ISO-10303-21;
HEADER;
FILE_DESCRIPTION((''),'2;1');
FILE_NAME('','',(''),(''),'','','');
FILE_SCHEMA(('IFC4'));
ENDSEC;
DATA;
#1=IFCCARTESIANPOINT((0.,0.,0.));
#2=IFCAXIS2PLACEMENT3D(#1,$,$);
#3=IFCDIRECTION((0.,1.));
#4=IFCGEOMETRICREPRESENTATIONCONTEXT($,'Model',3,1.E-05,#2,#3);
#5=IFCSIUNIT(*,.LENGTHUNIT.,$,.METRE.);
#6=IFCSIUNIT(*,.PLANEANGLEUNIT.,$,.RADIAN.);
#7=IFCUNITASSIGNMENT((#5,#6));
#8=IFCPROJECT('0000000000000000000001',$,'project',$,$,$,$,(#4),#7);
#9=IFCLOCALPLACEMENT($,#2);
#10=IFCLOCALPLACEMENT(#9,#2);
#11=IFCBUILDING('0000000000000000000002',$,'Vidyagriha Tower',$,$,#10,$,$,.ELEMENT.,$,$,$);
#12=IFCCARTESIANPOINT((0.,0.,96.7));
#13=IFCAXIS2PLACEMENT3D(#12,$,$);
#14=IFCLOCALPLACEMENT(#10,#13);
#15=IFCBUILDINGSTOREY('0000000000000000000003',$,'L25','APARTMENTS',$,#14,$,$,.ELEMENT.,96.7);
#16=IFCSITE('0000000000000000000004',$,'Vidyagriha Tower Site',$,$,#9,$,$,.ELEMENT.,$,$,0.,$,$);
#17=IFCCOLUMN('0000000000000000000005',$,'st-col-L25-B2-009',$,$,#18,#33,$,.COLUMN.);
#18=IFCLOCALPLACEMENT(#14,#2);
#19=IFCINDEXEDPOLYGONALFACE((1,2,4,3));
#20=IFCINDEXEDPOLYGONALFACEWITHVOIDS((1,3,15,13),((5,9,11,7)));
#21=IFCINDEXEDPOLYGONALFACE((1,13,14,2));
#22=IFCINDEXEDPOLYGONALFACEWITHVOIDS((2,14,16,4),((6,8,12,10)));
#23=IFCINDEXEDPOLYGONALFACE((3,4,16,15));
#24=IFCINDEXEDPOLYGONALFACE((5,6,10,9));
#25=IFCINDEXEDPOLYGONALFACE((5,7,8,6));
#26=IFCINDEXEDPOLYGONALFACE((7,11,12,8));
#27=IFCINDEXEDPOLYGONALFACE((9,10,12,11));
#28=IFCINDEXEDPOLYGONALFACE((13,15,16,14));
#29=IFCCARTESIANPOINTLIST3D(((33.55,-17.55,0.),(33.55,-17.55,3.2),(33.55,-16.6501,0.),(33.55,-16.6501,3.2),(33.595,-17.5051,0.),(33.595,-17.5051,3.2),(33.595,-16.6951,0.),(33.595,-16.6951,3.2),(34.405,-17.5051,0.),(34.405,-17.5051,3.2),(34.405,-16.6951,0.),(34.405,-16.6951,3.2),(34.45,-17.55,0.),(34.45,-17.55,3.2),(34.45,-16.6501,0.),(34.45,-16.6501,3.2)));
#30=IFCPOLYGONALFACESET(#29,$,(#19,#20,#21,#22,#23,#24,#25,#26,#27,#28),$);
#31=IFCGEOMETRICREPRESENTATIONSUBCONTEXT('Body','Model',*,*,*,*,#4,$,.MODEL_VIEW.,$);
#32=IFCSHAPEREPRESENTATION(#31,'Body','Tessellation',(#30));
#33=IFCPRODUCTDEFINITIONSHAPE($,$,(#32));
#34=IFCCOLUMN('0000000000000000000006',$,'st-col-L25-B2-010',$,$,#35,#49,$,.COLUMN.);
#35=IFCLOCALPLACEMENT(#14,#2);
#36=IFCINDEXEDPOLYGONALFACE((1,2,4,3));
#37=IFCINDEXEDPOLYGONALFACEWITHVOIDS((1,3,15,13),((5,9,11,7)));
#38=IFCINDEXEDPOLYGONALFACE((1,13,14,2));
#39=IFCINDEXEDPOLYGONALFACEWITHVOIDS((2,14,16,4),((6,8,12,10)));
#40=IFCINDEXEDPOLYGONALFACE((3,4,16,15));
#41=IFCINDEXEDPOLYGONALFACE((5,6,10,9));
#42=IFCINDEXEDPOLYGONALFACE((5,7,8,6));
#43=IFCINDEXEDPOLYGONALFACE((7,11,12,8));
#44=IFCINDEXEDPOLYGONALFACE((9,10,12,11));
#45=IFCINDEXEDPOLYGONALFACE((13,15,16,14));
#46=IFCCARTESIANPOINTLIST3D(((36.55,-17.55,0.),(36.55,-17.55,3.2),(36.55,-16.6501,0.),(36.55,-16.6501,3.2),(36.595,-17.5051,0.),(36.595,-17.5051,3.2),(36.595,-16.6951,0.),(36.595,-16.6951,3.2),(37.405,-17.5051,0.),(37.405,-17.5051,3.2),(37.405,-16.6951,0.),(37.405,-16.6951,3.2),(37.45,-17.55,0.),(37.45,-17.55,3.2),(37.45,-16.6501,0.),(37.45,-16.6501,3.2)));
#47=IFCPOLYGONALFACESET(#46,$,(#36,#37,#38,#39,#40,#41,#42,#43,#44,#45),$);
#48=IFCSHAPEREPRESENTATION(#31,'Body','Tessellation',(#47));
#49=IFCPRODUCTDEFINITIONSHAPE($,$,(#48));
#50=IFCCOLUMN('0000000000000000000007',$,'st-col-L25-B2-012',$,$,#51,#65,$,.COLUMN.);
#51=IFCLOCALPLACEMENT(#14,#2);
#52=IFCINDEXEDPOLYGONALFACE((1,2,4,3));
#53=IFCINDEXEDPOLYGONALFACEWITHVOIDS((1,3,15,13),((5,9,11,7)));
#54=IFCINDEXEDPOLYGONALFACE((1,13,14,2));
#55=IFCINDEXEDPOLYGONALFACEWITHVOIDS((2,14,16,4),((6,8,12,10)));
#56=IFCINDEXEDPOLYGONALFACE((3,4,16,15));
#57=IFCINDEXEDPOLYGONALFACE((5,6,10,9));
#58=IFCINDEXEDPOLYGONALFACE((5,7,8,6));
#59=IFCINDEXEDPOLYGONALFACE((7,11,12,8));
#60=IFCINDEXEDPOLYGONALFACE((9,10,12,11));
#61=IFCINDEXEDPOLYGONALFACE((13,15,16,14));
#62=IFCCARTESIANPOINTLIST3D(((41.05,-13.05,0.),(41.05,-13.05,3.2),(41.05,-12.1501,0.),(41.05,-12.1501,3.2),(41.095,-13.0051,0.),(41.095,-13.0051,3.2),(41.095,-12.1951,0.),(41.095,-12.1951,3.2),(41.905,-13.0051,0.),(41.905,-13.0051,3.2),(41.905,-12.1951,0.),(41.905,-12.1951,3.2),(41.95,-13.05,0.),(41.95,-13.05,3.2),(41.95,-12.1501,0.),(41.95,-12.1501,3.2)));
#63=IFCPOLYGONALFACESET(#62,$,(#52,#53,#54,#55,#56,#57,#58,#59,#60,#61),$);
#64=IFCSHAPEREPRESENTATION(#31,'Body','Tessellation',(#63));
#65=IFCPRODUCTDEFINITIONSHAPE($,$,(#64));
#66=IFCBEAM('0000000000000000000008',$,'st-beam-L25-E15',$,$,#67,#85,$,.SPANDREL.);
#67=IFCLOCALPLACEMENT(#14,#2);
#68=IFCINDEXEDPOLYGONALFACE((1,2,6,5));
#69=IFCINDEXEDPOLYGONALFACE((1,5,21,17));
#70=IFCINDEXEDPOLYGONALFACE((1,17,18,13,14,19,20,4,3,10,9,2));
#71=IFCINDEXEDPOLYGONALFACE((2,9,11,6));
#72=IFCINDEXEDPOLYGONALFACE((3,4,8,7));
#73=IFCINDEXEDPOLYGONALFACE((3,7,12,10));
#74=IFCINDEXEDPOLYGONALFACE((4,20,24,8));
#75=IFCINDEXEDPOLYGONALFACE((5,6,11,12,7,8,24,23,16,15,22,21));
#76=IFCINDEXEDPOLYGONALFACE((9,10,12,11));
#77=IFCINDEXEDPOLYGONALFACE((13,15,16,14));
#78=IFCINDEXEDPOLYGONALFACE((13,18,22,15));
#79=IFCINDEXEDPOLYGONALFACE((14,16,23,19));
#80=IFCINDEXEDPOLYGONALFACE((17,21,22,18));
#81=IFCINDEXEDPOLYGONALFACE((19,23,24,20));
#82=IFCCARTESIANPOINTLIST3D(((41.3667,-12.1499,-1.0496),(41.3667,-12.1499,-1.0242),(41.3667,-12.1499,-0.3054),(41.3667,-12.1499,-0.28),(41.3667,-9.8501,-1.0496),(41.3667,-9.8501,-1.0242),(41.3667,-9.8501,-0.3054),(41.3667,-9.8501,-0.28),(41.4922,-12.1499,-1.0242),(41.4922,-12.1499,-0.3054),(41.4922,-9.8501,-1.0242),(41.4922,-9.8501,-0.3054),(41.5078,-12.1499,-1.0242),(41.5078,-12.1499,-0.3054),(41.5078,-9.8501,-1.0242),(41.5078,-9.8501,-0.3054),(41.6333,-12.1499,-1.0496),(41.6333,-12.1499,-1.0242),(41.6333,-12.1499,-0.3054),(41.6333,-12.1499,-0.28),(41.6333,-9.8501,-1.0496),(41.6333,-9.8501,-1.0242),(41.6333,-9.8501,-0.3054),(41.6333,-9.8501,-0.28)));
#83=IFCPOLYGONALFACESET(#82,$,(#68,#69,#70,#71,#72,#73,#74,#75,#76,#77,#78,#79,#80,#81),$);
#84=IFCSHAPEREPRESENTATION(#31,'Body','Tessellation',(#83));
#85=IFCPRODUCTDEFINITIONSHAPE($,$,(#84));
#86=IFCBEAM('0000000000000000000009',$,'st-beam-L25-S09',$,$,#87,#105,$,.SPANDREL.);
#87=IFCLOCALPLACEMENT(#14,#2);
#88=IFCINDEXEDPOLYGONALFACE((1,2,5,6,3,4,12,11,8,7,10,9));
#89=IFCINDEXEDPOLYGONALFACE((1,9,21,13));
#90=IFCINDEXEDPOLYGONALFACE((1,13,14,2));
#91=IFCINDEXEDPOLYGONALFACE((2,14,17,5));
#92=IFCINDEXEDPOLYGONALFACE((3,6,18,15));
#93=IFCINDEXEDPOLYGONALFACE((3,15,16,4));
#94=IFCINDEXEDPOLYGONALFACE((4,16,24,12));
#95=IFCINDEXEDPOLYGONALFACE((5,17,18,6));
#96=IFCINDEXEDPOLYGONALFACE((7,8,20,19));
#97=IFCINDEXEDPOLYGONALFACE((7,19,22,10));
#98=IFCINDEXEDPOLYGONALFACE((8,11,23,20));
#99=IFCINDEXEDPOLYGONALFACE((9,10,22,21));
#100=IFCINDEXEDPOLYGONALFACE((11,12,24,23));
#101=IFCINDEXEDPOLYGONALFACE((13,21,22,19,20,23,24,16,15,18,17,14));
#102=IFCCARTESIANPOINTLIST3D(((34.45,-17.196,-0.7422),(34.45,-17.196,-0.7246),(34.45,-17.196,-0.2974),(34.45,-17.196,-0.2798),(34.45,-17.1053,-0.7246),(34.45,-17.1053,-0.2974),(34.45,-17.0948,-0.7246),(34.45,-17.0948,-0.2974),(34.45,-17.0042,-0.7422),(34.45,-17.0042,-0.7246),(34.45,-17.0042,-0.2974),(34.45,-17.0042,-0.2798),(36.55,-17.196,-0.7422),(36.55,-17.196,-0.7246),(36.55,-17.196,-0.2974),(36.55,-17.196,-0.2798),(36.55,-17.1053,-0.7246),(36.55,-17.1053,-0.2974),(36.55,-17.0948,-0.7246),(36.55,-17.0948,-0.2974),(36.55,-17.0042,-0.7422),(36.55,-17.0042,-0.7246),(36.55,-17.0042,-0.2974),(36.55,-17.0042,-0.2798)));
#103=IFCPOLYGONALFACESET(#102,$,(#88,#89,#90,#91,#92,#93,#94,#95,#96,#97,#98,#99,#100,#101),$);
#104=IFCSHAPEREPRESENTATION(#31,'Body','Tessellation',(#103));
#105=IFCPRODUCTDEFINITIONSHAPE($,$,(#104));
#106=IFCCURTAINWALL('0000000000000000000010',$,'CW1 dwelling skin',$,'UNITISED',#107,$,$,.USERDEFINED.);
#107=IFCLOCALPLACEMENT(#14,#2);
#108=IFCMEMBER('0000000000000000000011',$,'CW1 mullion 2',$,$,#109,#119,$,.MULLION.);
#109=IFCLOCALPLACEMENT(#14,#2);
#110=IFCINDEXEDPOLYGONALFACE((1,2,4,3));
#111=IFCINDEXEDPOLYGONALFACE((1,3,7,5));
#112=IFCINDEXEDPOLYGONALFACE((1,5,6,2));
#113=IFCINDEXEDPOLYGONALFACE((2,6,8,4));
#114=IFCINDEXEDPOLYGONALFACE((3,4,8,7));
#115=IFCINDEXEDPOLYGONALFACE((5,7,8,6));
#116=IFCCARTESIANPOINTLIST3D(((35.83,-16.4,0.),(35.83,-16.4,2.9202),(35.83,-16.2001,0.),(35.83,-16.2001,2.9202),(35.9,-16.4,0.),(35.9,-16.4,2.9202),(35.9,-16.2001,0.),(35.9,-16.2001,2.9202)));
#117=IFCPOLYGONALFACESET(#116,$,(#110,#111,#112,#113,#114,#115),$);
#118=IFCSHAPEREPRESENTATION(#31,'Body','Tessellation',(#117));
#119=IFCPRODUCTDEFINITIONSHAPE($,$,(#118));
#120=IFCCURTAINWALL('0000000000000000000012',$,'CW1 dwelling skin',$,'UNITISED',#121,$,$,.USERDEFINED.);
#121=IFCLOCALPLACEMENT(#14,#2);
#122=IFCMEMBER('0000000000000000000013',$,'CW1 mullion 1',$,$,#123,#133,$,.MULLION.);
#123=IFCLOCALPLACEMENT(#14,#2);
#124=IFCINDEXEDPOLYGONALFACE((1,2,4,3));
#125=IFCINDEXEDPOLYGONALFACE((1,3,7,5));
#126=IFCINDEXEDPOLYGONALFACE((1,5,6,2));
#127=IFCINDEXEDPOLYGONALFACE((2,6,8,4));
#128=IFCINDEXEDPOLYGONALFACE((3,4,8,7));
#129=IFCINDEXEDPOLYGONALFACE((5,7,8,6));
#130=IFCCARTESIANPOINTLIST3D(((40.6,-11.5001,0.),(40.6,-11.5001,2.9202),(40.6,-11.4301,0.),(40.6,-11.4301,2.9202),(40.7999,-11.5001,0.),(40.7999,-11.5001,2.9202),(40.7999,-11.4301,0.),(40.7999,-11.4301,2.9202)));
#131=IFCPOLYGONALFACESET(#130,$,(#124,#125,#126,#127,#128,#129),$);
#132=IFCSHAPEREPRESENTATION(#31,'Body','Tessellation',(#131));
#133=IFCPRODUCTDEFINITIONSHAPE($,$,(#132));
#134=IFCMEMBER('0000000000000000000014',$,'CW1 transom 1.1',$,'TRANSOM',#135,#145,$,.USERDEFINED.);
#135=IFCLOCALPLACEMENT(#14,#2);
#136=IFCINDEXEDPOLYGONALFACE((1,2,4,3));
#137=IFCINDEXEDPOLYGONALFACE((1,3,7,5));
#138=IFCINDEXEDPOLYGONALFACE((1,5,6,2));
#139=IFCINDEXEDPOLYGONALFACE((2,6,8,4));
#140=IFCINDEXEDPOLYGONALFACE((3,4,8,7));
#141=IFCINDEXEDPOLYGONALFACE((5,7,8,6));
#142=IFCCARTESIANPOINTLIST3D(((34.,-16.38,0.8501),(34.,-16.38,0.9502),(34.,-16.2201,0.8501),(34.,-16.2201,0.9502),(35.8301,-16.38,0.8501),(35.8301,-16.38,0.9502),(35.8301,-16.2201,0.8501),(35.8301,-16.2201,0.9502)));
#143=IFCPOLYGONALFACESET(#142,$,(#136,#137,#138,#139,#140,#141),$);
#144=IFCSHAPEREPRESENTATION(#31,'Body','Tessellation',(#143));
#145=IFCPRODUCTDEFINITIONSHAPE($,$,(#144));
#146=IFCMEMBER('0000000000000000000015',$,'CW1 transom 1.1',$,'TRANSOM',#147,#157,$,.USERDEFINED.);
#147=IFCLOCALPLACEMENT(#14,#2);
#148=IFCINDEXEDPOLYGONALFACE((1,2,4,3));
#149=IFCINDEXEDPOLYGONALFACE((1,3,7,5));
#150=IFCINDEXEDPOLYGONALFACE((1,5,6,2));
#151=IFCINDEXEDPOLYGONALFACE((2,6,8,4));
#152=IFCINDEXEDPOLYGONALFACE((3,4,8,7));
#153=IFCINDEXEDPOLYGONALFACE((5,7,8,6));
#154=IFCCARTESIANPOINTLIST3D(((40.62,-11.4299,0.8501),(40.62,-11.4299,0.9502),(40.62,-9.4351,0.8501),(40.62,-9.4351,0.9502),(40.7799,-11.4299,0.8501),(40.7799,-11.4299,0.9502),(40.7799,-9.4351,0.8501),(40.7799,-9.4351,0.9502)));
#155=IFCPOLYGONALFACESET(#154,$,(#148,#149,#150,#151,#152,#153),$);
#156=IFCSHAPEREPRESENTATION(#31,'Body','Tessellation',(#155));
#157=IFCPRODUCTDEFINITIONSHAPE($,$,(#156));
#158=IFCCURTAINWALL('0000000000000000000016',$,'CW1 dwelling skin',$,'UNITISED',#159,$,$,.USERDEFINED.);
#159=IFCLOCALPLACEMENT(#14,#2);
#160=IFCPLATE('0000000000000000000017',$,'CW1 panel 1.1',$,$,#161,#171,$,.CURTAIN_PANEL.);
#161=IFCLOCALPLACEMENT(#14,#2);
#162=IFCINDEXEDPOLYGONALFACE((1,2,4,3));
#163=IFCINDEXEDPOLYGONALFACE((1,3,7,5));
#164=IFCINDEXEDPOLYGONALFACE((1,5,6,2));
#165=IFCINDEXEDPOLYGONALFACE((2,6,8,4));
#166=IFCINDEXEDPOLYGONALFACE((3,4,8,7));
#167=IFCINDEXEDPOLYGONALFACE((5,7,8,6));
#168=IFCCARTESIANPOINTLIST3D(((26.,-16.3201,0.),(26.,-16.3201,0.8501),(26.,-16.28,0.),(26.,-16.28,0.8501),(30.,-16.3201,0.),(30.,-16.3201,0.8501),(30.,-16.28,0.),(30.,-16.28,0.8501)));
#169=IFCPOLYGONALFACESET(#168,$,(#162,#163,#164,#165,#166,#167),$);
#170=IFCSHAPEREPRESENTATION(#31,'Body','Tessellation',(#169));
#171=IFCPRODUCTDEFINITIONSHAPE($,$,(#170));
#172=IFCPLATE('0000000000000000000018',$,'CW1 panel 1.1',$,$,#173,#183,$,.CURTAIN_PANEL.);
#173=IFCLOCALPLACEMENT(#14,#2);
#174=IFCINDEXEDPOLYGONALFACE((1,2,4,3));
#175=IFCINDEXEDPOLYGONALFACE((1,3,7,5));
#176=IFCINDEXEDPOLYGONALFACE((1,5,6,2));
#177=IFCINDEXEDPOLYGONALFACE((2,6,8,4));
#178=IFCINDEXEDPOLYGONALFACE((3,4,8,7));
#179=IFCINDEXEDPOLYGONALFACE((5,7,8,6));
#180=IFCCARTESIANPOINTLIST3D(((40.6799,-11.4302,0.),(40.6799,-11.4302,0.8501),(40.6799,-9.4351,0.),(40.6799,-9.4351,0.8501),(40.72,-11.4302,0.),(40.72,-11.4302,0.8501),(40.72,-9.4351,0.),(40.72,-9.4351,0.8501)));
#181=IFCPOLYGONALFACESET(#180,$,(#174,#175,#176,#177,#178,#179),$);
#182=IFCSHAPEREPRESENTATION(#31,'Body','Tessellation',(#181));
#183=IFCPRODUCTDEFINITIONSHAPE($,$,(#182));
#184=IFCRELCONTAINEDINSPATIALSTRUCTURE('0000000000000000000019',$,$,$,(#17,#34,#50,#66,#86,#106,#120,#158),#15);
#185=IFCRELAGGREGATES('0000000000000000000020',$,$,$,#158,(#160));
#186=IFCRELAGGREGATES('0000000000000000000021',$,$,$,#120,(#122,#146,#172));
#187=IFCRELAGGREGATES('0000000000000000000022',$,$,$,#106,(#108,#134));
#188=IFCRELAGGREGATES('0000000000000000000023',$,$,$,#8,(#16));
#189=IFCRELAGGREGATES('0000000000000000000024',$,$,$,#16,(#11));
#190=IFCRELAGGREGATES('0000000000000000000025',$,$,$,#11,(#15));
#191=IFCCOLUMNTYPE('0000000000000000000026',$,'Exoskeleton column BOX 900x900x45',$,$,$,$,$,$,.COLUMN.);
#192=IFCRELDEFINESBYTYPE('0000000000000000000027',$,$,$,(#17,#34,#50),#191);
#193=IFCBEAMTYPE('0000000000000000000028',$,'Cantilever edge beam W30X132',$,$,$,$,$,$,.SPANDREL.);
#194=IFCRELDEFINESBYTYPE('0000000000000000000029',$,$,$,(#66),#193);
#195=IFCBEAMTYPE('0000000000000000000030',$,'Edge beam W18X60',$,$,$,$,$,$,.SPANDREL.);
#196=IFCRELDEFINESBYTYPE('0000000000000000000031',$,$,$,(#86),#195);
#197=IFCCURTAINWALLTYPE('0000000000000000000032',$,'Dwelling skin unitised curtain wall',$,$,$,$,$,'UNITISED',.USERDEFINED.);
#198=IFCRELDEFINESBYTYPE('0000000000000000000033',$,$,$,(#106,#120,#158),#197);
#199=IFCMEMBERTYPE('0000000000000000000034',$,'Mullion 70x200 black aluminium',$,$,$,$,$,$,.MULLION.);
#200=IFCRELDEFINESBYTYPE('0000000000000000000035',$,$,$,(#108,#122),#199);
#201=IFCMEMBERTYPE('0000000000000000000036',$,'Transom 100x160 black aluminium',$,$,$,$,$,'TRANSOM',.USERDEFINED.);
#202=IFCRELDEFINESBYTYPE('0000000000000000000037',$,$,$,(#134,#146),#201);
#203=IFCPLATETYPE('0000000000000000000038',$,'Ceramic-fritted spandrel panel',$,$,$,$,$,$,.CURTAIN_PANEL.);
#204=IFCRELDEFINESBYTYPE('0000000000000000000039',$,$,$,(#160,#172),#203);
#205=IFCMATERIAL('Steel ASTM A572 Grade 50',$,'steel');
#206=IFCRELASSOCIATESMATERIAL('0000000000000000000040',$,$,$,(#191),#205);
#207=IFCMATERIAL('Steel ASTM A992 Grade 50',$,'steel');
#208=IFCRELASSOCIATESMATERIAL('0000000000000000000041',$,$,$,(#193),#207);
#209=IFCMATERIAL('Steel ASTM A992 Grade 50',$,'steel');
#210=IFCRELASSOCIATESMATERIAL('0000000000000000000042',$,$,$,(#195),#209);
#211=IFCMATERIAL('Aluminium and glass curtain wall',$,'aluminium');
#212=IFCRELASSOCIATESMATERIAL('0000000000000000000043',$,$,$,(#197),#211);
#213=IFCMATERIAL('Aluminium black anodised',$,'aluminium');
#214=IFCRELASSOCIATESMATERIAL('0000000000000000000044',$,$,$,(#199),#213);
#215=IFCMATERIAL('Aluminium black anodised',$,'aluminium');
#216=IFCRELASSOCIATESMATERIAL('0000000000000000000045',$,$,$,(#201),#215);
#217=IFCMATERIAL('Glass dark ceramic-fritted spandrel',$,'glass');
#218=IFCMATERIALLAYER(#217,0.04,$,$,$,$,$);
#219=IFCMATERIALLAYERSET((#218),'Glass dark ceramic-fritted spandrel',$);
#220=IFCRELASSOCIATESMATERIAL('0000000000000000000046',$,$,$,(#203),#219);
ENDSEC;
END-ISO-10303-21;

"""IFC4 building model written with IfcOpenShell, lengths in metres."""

from ifc_helpers import new_model, si_unit, direction, frame, origin, origin_2d, place, context, subcontext, project, spatial, rectangle, hollow_rectangle, i_section, extrude, material, layer, layer_set, material_profile, profile_set, type_object, element, aggregate, save


model = new_model("IFC4")

# Units and contexts
model_context = context("Model", 3, precision=1e-05, world=origin(), true_north=direction((0.0, 1.0)))
body_context = subcontext(model_context, "Body", "Model", "MODEL_VIEW")
ifc_project = project(units=[si_unit("LENGTHUNIT", "METRE"), si_unit("PLANEANGLEUNIT", "RADIAN")], contexts=[model_context])

# Site, building, storey
site_placement = place(None, origin())
site = spatial("IfcSite", under=ifc_project, at=site_placement, Name="Vidyagriha Tower Site", CompositionType="ELEMENT", RefElevation=0.0)
building_placement = place(site_placement, origin())
building = spatial("IfcBuilding", under=site, at=building_placement, Name="Vidyagriha Tower", CompositionType="ELEMENT")
storey_placement = place(building_placement, frame((0.0, 0.0, 96.7)))
storey = spatial("IfcBuildingStorey", under=building, at=storey_placement, Name="L25", Description="APARTMENTS", CompositionType="ELEMENT", Elevation=96.7)

# Columns
ifc_material_1 = material(Name="Steel ASTM A572 Grade 50", Category="steel")
ifc_material_profile_1 = material_profile(ifc_material_1, hollow_rectangle(XDim=0.8999, YDim=0.8999, WallThickness=0.0449, at=origin_2d()), Name="BOX 900x900x45")
ifc_profile_set_1 = profile_set([ifc_material_profile_1], Name="Steel ASTM A572 Grade 50")
column_type = type_object("IfcColumnType", Name="Exoskeleton column BOX 900x900x45", PredefinedType="COLUMN", material=ifc_profile_set_1)
for number, where, name in (
    (1, (34.0, -17.1001, 0.0), "st-col-L25-B2-009"),
    (2, (37.0, -17.1001, 0.0), "st-col-L25-B2-010"),
    (3, (41.5, -12.6001, 0.0), "st-col-L25-B2-012"),
):
    element("IfcColumn", number, at=place(storey_placement, frame(where)), inside=storey, type_object=column_type, Name=name, PredefinedType="COLUMN", context=body_context, shape_type="SweptSolid", body=[
        extrude(hollow_rectangle(XDim=0.8999, YDim=0.8999, WallThickness=0.0449, at=origin_2d()), origin(), (0.0, 0.0, 1.0), 3.2),
    ])

# Beams
ifc_material_2 = material(Name="Steel ASTM A992 Grade 50", Category="steel")
ifc_material_profile_2 = material_profile(ifc_material_2, i_section(OverallWidth=0.2666, OverallDepth=0.7695, WebThickness=0.0156, FlangeThickness=0.0254, at=origin_2d()), Name="W30X132")
ifc_profile_set_2 = profile_set([ifc_material_profile_2], Name="Steel ASTM A992 Grade 50")
beam_type_1 = type_object("IfcBeamType", Name="Cantilever edge beam W30X132", PredefinedType="SPANDREL", material=ifc_profile_set_2)
beam_1_placement = place(storey_placement, frame((41.5, -12.1499, -0.6648), z_axis=(0.0, 1.0, 0.0), x_axis=(-1.0, 0.0, 0.0)))
element("IfcBeam", 4, at=beam_1_placement, inside=storey, type_object=beam_type_1, Name="st-beam-L25-E15", PredefinedType="SPANDREL", context=body_context, shape_type="SweptSolid", body=[
    extrude(i_section(OverallWidth=0.2666, OverallDepth=0.7695, WebThickness=0.0156, FlangeThickness=0.0254, at=origin_2d()), origin(), (0.0, 0.0, 1.0), 2.2998),
])
ifc_material_3 = material(Name="Steel ASTM A992 Grade 50", Category="steel")
ifc_material_profile_3 = material_profile(ifc_material_3, i_section(OverallWidth=0.1919, OverallDepth=0.4624, WebThickness=0.0105, FlangeThickness=0.0176, at=origin_2d()), Name="W18X60")
ifc_profile_set_3 = profile_set([ifc_material_profile_3], Name="Steel ASTM A992 Grade 50")
beam_type_2 = type_object("IfcBeamType", Name="Edge beam W18X60", PredefinedType="SPANDREL", material=ifc_profile_set_3)
beam_2_placement = place(storey_placement, frame((34.45, -17.1001, -0.511), z_axis=(1.0, 0.0, 0.0), x_axis=(0.0, 1.0, 0.0)))
element("IfcBeam", 5, at=beam_2_placement, inside=storey, type_object=beam_type_2, Name="st-beam-L25-S09", PredefinedType="SPANDREL", context=body_context, shape_type="SweptSolid", body=[
    extrude(i_section(OverallWidth=0.1919, OverallDepth=0.4624, WebThickness=0.0105, FlangeThickness=0.0176, at=origin_2d()), origin(), (0.0, 0.0, 1.0), 2.1001),
])

# Curtain walls, members
ifc_material_4 = material(Name="Aluminium and glass curtain wall", Category="aluminium")
curtain_wall_type = type_object("IfcCurtainWallType", Name="Dwelling skin unitised curtain wall", ElementType="UNITISED", PredefinedType="USERDEFINED", material=ifc_material_4)
curtain_wall_1_placement = place(storey_placement, origin())
curtain_wall_1 = element("IfcCurtainWall", 6, at=curtain_wall_1_placement, inside=storey, type_object=curtain_wall_type, Name="CW1 dwelling skin", ObjectType="UNITISED", PredefinedType="USERDEFINED")
ifc_material_5 = material(Name="Aluminium black anodised", Category="aluminium")
ifc_material_profile_4 = material_profile(ifc_material_5, rectangle(XDim=0.2, YDim=0.0701, at=origin_2d()), Name="Mullion 70x200 black aluminium")
ifc_profile_set_4 = profile_set([ifc_material_profile_4], Name="Aluminium black anodised")
member_type_1 = type_object("IfcMemberType", Name="Mullion 70x200 black aluminium", PredefinedType="MULLION", material=ifc_profile_set_4)
member_1_placement = place(storey_placement, frame((35.865, -16.3, 0.0), z_axis=(0.0, 0.0, 1.0), x_axis=(0.0, 1.0, 0.0)))
member_1 = element("IfcMember", 7, at=member_1_placement, type_object=member_type_1, Name="CW1 mullion 2", PredefinedType="MULLION", context=body_context, shape_type="SweptSolid", body=[
    extrude(rectangle(XDim=0.2, YDim=0.0701, at=origin_2d()), origin(), (0.0, 0.0, 1.0), 2.9202),
])
curtain_wall_2_placement = place(storey_placement, origin())
curtain_wall_2 = element("IfcCurtainWall", 8, at=curtain_wall_2_placement, inside=storey, type_object=curtain_wall_type, Name="CW1 dwelling skin", ObjectType="UNITISED", PredefinedType="USERDEFINED")
member_2_placement = place(storey_placement, frame((40.7, -11.4651, 0.0), z_axis=(0.0, 0.0, 1.0), x_axis=(-1.0, 0.0, 0.0)))
member_2 = element("IfcMember", 9, at=member_2_placement, type_object=member_type_1, Name="CW1 mullion 1", PredefinedType="MULLION", context=body_context, shape_type="SweptSolid", body=[
    extrude(rectangle(XDim=0.2, YDim=0.0701, at=origin_2d()), origin(), (0.0, 0.0, 1.0), 2.9202),
])

# Members
ifc_material_6 = material(Name="Aluminium black anodised", Category="aluminium")
ifc_material_profile_5 = material_profile(ifc_material_6, rectangle(XDim=0.1599, YDim=0.1001, at=origin_2d()), Name="Transom 100x160 black aluminium")
ifc_profile_set_5 = profile_set([ifc_material_profile_5], Name="Aluminium black anodised")
member_type_2 = type_object("IfcMemberType", Name="Transom 100x160 black aluminium", ElementType="TRANSOM", PredefinedType="USERDEFINED", material=ifc_profile_set_5)
member_3_placement = place(storey_placement, frame((34.0, -16.3, 0.9001), z_axis=(1.0, 0.0, 0.0), x_axis=(0.0, 1.0, 0.0)))
member_3 = element("IfcMember", 10, at=member_3_placement, type_object=member_type_2, Name="CW1 transom 1.1", ObjectType="TRANSOM", PredefinedType="USERDEFINED", context=body_context, shape_type="SweptSolid", body=[
    extrude(rectangle(XDim=0.1599, YDim=0.1001, at=origin_2d()), origin(), (0.0, 0.0, 1.0), 1.8301),
])
member_4_placement = place(storey_placement, frame((40.7, -11.4299, 0.9001), z_axis=(0.0, 1.0, 0.0), x_axis=(-1.0, 0.0, 0.0)))
member_4 = element("IfcMember", 11, at=member_4_placement, type_object=member_type_2, Name="CW1 transom 1.1", ObjectType="TRANSOM", PredefinedType="USERDEFINED", context=body_context, shape_type="SweptSolid", body=[
    extrude(rectangle(XDim=0.1599, YDim=0.1001, at=origin_2d()), origin(), (0.0, 0.0, 1.0), 1.9949),
])

# Curtain wall, plate
curtain_wall_3_placement = place(storey_placement, origin())
curtain_wall_3 = element("IfcCurtainWall", 12, at=curtain_wall_3_placement, inside=storey, type_object=curtain_wall_type, Name="CW1 dwelling skin", ObjectType="UNITISED", PredefinedType="USERDEFINED")
ifc_material_7 = material(Name="Glass dark ceramic-fritted spandrel", Category="glass")
ifc_layer_1 = layer(ifc_material_7, 0.04)
ifc_layer_set_1 = layer_set([ifc_layer_1], Name="Glass dark ceramic-fritted spandrel")
plate_type_1 = type_object("IfcPlateType", Name="Ceramic-fritted spandrel panel", PredefinedType="CURTAIN_PANEL", material=ifc_layer_set_1)
plate_1_placement = place(storey_placement, frame((28.0, -16.3, 0.0)))
plate_1 = element("IfcPlate", 13, at=plate_1_placement, type_object=plate_type_1, Name="CW1 panel 1.1", PredefinedType="CURTAIN_PANEL", context=body_context, shape_type="SweptSolid", body=[
    extrude(rectangle(XDim=4.0, YDim=0.04, at=origin_2d()), origin(), (0.0, 0.0, 1.0), 0.8501),
])

# Plate
plate_2_placement = place(storey_placement, frame((40.7, -10.4326, 0.0), z_axis=(0.0, 0.0, 1.0), x_axis=(0.0, 1.0, 0.0)))
plate_2 = element("IfcPlate", 14, at=plate_2_placement, type_object=plate_type_1, Name="CW1 panel 1.1", PredefinedType="CURTAIN_PANEL", context=body_context, shape_type="SweptSolid", body=[
    extrude(rectangle(XDim=1.9951, YDim=0.04, at=origin_2d()), origin(), (0.0, 0.0, 1.0), 0.8501),
])
aggregate(curtain_wall_3, [plate_1])
aggregate(curtain_wall_2, [member_2, member_4, plate_2])
aggregate(curtain_wall_1, [member_1, member_3])

save(model, "model.ifc")
